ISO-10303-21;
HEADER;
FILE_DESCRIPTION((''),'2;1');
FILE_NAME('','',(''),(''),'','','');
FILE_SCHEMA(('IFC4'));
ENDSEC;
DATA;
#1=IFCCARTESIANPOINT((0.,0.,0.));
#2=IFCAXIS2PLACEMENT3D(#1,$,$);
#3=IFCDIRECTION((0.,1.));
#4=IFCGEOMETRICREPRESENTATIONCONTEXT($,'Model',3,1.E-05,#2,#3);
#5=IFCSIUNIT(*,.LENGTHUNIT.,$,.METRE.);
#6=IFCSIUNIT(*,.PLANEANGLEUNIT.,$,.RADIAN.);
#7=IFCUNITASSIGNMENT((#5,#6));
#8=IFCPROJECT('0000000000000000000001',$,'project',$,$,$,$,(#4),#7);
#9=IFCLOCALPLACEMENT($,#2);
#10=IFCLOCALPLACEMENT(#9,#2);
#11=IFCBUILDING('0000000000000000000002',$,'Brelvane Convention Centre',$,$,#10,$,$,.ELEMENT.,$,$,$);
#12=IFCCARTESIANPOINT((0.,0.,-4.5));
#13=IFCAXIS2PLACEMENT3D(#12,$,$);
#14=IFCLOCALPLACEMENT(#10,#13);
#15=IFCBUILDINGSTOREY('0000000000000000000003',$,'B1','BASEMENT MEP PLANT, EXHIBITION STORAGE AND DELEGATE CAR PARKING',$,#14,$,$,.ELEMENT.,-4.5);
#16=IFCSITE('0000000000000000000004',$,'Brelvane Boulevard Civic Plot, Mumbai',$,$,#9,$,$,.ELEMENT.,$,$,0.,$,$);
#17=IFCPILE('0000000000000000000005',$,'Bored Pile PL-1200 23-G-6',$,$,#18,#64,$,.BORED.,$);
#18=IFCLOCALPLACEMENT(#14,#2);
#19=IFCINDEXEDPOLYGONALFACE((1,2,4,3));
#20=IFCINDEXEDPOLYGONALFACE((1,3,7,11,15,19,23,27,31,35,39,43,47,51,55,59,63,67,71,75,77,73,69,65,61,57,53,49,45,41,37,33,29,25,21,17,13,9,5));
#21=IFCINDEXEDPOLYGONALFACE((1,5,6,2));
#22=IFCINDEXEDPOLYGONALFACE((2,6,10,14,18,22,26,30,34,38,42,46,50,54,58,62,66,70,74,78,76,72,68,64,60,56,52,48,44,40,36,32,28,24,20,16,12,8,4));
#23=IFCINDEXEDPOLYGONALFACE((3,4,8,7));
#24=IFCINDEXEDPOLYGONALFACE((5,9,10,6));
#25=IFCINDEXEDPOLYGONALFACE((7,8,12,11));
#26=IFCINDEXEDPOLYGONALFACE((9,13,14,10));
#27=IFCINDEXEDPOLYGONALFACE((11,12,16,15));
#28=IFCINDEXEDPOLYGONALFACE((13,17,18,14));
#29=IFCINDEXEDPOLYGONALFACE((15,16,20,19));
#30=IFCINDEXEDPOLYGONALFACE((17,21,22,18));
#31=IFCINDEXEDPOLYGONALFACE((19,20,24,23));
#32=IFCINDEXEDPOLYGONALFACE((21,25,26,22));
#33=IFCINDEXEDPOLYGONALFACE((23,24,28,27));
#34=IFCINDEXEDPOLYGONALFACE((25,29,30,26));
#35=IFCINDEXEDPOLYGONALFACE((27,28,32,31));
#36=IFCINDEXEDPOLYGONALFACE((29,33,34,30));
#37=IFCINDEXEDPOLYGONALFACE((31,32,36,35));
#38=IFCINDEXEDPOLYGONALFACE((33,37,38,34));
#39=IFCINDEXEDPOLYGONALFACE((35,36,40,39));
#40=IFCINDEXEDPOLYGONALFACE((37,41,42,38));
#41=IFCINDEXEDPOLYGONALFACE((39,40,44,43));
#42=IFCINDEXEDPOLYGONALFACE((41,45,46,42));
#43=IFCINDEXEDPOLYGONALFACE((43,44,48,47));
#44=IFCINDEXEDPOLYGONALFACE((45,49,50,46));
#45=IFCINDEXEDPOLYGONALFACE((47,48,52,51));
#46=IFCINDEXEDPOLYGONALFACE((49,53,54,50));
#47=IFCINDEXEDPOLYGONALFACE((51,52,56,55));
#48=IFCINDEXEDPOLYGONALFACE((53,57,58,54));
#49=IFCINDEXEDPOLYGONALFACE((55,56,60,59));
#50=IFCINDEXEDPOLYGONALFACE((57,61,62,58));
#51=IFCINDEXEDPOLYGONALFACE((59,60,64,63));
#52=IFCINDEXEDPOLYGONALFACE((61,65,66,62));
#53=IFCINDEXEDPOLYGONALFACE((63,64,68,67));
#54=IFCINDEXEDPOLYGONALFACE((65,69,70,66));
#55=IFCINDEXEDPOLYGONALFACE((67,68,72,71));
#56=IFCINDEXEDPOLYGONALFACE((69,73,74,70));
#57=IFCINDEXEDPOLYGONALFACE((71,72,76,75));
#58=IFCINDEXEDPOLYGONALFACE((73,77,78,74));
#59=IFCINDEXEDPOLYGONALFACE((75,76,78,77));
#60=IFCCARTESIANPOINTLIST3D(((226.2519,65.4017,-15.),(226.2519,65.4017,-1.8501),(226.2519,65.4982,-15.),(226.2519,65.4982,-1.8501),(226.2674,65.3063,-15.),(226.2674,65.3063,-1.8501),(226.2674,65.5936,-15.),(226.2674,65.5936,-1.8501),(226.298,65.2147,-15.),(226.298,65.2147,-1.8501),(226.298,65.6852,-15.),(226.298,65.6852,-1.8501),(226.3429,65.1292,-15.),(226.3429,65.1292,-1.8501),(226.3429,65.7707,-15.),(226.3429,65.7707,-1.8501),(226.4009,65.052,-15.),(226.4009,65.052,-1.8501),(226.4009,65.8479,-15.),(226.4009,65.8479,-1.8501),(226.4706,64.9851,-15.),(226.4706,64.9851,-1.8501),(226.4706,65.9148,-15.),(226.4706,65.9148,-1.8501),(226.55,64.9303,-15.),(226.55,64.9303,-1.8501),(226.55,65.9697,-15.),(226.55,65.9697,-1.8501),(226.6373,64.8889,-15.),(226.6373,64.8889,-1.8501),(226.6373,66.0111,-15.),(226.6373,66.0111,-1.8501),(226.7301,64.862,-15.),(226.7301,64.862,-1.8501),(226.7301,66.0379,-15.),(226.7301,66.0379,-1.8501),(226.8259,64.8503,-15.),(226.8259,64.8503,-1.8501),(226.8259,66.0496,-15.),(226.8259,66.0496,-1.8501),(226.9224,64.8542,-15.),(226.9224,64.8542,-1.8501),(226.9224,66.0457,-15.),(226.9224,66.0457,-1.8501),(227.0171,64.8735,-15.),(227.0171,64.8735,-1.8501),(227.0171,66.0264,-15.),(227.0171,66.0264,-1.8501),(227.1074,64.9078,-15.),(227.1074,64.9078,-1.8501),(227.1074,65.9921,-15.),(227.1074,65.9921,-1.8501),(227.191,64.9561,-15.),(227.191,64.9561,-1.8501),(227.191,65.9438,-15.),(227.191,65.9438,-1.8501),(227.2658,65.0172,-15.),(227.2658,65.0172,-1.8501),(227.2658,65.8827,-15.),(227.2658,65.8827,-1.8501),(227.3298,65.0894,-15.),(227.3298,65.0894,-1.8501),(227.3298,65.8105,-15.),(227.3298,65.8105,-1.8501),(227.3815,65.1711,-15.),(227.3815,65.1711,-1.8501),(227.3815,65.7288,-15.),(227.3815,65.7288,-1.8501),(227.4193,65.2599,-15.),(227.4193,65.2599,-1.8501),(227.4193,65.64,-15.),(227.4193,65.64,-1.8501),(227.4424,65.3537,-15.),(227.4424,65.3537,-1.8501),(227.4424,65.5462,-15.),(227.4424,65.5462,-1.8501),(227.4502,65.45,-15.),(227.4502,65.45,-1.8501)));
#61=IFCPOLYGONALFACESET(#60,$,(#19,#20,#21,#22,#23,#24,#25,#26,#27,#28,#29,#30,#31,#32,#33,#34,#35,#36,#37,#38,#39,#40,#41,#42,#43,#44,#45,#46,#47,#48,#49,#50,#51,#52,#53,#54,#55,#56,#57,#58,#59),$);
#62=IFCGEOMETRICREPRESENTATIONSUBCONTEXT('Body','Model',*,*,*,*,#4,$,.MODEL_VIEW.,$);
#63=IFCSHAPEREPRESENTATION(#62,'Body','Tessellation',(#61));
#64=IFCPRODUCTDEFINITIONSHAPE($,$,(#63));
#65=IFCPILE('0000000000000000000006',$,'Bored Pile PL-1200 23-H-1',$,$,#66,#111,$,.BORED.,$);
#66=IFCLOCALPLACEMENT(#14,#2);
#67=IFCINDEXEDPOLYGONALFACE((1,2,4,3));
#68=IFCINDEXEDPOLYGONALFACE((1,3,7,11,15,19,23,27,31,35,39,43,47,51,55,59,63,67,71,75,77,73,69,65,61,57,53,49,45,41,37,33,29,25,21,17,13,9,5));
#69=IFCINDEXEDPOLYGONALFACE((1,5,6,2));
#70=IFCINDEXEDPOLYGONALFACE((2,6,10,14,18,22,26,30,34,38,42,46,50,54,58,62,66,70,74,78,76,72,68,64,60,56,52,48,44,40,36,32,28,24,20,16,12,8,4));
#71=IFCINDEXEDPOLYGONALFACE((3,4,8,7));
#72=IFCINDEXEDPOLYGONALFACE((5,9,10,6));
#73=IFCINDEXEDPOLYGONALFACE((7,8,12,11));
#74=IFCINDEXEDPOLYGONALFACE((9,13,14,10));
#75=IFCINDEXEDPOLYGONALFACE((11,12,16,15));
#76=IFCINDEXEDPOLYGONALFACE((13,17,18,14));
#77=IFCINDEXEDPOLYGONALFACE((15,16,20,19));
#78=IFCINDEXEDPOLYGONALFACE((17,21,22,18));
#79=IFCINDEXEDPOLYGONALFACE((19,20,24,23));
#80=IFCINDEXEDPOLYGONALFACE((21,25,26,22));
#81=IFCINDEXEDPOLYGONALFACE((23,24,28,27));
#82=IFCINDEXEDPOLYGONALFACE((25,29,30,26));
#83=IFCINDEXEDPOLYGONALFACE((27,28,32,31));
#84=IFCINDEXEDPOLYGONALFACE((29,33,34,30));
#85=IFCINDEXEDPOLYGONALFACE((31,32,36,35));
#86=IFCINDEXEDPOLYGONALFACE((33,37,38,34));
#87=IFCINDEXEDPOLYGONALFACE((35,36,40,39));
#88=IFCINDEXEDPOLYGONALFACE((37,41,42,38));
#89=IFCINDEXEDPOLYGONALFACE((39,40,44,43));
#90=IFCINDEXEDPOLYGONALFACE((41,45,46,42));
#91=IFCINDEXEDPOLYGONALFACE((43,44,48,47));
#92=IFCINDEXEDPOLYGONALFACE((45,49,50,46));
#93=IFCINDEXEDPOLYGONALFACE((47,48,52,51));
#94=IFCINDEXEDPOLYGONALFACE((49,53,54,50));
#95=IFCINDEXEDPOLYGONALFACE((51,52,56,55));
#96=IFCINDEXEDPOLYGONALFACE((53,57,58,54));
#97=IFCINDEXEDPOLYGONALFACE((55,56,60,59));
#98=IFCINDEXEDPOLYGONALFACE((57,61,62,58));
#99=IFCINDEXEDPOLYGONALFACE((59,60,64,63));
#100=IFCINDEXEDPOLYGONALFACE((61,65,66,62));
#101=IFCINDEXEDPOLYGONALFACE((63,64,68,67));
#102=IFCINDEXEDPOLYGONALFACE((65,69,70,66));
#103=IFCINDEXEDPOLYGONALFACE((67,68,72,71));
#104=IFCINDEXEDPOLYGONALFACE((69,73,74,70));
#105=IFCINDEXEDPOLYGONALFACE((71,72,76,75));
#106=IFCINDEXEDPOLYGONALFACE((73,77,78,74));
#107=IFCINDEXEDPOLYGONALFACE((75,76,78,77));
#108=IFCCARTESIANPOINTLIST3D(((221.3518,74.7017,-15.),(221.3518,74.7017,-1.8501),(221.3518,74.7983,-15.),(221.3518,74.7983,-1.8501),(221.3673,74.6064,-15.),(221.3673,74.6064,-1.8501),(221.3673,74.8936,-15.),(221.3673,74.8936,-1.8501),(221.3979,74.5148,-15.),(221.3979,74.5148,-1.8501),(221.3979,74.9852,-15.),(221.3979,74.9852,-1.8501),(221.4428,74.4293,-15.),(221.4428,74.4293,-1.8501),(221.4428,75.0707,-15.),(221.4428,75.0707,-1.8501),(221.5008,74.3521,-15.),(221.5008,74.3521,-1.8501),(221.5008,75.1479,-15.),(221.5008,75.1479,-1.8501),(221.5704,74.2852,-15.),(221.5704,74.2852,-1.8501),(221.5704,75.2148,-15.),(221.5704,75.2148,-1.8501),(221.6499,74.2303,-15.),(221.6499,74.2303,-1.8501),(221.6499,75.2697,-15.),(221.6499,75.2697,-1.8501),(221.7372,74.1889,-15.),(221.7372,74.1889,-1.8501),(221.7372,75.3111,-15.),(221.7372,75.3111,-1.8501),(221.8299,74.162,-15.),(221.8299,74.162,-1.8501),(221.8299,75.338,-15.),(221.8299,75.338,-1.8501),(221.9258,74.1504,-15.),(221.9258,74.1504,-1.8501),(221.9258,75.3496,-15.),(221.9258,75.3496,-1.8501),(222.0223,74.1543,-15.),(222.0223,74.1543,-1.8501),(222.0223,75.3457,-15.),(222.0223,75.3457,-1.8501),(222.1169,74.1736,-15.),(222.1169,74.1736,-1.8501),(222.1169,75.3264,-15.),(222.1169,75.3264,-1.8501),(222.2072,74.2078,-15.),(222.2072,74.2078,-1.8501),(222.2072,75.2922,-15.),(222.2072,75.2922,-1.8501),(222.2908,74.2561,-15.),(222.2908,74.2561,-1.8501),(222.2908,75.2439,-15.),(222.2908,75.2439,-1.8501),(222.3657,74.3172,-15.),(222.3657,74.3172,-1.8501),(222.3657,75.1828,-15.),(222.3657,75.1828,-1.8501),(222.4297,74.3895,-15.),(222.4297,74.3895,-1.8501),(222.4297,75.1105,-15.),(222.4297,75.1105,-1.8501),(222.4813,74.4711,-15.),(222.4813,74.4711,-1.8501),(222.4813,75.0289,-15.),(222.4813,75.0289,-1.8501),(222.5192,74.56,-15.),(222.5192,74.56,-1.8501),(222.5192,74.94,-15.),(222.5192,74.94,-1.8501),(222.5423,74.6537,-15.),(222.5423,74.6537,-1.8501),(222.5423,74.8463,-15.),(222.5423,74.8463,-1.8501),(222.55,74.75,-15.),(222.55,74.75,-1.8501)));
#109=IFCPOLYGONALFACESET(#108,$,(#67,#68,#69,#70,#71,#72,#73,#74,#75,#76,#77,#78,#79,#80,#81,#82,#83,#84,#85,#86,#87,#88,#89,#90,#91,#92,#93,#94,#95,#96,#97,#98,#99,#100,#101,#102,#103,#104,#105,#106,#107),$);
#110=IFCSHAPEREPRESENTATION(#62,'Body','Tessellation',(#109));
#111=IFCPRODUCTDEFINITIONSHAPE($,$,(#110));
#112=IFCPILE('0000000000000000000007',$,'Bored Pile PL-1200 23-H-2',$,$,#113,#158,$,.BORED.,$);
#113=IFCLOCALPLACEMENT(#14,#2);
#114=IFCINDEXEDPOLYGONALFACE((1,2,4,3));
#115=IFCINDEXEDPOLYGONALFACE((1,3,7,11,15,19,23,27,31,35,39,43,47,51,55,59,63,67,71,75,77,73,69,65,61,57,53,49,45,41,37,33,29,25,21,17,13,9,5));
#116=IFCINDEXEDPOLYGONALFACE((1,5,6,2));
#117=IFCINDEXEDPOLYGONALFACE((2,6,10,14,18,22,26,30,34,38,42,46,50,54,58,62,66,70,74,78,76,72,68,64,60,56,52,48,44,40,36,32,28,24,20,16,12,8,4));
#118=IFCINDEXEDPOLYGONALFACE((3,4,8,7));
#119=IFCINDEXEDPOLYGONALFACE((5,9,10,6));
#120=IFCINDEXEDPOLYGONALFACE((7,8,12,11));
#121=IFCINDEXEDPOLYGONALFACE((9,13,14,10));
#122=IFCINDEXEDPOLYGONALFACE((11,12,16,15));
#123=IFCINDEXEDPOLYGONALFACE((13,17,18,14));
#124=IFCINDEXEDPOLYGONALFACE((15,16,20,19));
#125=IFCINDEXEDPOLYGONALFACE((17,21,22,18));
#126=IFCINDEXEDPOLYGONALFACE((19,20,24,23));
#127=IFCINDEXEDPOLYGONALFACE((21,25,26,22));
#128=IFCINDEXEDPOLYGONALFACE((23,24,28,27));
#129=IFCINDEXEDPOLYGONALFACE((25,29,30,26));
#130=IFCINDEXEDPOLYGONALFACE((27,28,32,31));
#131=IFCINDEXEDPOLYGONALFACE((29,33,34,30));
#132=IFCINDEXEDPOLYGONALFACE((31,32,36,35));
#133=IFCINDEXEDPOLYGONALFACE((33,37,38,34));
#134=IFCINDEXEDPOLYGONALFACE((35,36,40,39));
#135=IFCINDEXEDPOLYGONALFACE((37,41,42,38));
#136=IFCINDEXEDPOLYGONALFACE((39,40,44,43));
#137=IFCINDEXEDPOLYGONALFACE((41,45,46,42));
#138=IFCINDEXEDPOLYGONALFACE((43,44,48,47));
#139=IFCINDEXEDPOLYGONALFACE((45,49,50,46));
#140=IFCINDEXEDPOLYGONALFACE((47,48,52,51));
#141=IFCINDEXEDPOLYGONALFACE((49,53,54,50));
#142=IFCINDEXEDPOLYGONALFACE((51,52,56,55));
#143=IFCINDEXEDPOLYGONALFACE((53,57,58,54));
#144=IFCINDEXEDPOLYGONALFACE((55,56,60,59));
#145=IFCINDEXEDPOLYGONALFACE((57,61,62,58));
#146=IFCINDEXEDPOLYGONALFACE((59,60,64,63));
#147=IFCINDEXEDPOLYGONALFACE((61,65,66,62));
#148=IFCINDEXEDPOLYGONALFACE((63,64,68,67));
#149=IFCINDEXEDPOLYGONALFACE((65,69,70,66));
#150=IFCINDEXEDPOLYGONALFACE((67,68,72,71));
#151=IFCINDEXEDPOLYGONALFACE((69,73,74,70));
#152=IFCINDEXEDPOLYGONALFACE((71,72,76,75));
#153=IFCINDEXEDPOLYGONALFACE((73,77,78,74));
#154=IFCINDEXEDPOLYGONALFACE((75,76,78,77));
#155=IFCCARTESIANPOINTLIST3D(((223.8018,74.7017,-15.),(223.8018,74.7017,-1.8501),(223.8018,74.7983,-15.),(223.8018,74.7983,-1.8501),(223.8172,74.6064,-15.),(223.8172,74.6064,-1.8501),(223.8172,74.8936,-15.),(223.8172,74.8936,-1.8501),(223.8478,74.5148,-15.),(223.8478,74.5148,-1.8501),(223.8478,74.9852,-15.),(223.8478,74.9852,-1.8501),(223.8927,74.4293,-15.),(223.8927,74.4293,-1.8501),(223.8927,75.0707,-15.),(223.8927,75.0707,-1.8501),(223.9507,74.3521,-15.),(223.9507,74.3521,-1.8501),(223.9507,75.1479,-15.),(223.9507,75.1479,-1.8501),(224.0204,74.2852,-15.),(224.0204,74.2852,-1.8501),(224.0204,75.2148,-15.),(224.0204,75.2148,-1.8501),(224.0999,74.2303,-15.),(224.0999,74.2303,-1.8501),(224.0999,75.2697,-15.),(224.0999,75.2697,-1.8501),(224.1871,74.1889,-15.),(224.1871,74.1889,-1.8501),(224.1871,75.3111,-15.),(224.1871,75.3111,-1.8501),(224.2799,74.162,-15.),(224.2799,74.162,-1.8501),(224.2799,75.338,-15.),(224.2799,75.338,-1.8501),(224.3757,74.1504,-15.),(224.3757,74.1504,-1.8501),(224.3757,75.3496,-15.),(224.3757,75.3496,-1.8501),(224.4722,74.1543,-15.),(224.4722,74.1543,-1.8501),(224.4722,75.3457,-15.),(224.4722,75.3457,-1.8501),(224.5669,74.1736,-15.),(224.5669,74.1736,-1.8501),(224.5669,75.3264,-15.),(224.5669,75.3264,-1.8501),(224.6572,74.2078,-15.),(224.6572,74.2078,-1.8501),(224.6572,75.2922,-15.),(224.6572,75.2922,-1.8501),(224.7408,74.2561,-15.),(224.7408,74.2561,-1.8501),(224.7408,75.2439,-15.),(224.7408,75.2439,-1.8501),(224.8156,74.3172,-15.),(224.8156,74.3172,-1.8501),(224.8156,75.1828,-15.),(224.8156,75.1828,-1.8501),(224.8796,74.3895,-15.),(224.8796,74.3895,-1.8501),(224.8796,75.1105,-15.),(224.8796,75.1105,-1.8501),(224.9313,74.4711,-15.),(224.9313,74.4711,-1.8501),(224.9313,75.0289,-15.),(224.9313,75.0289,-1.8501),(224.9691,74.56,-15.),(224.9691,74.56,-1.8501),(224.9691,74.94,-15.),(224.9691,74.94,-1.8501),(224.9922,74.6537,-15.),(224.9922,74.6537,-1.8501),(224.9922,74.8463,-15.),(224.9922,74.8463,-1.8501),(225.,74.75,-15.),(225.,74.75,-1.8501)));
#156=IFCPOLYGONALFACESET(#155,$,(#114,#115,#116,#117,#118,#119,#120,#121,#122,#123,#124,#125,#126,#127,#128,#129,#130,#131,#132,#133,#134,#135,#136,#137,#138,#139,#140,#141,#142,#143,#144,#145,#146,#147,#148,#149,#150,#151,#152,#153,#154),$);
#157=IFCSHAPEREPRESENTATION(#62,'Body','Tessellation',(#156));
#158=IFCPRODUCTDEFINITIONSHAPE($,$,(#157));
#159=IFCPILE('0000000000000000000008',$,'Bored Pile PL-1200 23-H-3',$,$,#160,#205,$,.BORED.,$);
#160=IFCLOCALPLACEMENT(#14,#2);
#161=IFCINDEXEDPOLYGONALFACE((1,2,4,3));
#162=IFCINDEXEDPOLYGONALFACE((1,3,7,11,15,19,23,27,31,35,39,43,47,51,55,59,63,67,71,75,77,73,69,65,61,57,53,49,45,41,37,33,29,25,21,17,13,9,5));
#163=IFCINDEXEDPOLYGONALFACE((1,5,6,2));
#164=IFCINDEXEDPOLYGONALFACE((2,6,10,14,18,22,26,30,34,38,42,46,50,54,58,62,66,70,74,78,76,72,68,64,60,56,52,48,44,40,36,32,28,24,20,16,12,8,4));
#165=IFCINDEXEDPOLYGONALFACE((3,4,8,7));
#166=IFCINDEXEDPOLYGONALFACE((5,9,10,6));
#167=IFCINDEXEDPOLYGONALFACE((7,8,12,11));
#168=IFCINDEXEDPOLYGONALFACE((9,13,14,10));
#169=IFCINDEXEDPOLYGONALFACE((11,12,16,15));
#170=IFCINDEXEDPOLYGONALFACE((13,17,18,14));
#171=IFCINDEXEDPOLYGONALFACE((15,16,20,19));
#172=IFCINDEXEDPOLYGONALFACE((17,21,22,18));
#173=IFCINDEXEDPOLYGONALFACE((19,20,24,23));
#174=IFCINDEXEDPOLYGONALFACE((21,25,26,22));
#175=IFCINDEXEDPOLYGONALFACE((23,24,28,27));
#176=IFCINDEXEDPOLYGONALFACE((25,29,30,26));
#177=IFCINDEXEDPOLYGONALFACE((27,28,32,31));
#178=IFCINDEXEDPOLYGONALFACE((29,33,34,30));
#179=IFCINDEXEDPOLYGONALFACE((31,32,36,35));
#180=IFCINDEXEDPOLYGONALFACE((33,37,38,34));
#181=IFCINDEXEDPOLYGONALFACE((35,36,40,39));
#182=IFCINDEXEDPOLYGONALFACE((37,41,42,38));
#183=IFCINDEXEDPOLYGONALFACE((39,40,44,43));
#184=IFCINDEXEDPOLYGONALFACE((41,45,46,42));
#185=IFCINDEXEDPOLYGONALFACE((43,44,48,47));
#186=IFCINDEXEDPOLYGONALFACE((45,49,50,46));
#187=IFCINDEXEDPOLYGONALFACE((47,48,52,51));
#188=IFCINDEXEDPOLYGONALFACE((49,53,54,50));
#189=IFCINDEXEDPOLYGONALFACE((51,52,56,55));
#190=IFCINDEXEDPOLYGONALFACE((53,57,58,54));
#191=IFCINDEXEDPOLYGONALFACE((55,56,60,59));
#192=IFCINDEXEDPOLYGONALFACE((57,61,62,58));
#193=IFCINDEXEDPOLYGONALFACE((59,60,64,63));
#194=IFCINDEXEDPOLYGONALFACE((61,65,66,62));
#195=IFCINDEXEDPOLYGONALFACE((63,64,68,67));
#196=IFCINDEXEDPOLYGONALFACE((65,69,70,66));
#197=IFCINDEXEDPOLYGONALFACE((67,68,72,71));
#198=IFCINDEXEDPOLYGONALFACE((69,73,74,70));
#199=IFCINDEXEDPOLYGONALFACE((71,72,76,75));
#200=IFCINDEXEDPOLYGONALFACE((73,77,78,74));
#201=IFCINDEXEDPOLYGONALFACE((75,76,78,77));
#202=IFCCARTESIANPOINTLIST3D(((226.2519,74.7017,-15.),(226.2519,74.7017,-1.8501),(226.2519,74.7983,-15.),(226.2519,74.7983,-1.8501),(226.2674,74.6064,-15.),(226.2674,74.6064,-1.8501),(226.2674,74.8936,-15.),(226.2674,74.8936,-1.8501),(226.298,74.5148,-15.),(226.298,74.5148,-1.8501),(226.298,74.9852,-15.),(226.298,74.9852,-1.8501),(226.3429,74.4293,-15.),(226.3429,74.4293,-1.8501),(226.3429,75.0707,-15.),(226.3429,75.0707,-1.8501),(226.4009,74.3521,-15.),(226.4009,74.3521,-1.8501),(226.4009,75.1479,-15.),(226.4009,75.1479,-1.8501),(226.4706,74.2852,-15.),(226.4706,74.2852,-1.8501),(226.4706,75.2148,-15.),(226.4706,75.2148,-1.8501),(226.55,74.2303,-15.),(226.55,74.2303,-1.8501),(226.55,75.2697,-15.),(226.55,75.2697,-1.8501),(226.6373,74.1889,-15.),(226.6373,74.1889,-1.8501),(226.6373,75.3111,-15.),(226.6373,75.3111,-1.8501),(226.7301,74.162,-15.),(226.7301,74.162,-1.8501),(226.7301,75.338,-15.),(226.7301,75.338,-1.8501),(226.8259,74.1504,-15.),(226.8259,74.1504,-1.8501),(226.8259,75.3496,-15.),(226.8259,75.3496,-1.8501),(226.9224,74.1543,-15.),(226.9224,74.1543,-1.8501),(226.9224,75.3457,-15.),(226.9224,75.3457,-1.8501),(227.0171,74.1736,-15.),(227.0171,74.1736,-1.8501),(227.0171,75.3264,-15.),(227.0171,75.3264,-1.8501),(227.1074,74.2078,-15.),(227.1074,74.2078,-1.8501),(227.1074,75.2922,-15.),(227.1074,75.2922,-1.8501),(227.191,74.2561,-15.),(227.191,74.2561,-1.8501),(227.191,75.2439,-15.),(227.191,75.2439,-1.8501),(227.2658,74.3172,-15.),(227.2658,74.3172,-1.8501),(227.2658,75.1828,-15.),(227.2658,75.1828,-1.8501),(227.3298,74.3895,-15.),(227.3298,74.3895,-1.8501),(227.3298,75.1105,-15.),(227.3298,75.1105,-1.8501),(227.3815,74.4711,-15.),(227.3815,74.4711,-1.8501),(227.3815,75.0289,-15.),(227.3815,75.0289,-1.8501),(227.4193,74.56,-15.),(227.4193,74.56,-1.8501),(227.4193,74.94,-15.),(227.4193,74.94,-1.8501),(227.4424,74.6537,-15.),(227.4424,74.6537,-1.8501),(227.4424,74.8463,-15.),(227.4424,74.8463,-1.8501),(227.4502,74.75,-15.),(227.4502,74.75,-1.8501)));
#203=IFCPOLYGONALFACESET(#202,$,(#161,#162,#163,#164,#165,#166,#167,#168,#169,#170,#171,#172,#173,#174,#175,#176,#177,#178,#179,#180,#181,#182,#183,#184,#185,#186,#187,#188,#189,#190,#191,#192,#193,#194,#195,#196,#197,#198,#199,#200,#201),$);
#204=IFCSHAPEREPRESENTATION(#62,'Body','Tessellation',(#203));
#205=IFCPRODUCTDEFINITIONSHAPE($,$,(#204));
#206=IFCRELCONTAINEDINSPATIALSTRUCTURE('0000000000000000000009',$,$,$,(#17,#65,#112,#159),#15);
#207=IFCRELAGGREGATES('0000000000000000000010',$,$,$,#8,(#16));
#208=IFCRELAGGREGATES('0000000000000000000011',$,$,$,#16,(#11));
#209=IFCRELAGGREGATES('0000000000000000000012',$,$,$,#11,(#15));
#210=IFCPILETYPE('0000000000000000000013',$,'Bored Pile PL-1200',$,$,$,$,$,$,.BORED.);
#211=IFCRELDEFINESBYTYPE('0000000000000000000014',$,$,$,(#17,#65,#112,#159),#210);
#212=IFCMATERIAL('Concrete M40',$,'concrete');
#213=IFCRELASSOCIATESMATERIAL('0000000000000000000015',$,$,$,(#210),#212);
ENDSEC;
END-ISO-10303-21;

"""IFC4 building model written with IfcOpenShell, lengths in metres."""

from ifc_helpers import new_model, si_unit, direction, frame, origin, origin_2d, place, context, subcontext, project, spatial, circle, extrude, material, material_profile, profile_set, type_object, element, save


model = new_model("IFC4")

# Units and contexts
model_context = context("Model", 3, precision=1e-05, world=origin(), true_north=direction((0.0, 1.0)))
body_context = subcontext(model_context, "Body", "Model", "MODEL_VIEW")
ifc_project = project(units=[si_unit("LENGTHUNIT", "METRE"), si_unit("PLANEANGLEUNIT", "RADIAN")], contexts=[model_context])

# Site, building, storey
site_placement = place(None, origin())
site = spatial("IfcSite", under=ifc_project, at=site_placement, Name="Brelvane Boulevard Civic Plot, Mumbai", CompositionType="ELEMENT", RefElevation=0.0)
building_placement = place(site_placement, origin())
building = spatial("IfcBuilding", under=site, at=building_placement, Name="Brelvane Convention Centre", CompositionType="ELEMENT")
storey_placement = place(building_placement, frame((0.0, 0.0, -4.5)))
storey = spatial("IfcBuildingStorey", under=building, at=storey_placement, Name="B1", Description="BASEMENT MEP PLANT, EXHIBITION STORAGE AND DELEGATE CAR PARKING", CompositionType="ELEMENT", Elevation=-4.5)

# Piles
ifc_material_1 = material(Name="Concrete M40", Category="concrete")
ifc_material_profile_1 = material_profile(ifc_material_1, circle(Radius=0.6001, at=origin_2d()), Name="PILE D1200")
ifc_profile_set_1 = profile_set([ifc_material_profile_1], Name="Concrete M40")
pile_type_1 = type_object("IfcPileType", Name="Bored Pile PL-1200", PredefinedType="BORED", material=ifc_profile_set_1)
for number, where, z_axis, x_axis, name in (
    (1, (226.8501, 65.45, -1.8501), (0.0, 0.0, -1.0), (1.0, 0.0, 0.0), "Bored Pile PL-1200 23-G-6"),
    (2, (221.95, 74.75, -1.8501), (0.0, 0.0, -1.0), (1.0, 0.0, 0.0), "Bored Pile PL-1200 23-H-1"),
    (3, (224.3999, 74.75, -1.8501), (0.0, 0.0, -1.0), (1.0, 0.0, 0.0), "Bored Pile PL-1200 23-H-2"),
    (4, (226.8501, 74.75, -1.8501), (0.0, 0.0, -1.0), (1.0, 0.0, 0.0), "Bored Pile PL-1200 23-H-3"),
):
    element("IfcPile", number, at=place(storey_placement, frame(where, z_axis=z_axis, x_axis=x_axis)), inside=storey, type_object=pile_type_1, Name=name, PredefinedType="BORED", context=body_context, shape_type="SweptSolid", body=[
        extrude(circle(Radius=0.6001, at=origin_2d()), origin(), (0.0, 0.0, 1.0), 13.1499),
    ])

save(model, "model.ifc")
